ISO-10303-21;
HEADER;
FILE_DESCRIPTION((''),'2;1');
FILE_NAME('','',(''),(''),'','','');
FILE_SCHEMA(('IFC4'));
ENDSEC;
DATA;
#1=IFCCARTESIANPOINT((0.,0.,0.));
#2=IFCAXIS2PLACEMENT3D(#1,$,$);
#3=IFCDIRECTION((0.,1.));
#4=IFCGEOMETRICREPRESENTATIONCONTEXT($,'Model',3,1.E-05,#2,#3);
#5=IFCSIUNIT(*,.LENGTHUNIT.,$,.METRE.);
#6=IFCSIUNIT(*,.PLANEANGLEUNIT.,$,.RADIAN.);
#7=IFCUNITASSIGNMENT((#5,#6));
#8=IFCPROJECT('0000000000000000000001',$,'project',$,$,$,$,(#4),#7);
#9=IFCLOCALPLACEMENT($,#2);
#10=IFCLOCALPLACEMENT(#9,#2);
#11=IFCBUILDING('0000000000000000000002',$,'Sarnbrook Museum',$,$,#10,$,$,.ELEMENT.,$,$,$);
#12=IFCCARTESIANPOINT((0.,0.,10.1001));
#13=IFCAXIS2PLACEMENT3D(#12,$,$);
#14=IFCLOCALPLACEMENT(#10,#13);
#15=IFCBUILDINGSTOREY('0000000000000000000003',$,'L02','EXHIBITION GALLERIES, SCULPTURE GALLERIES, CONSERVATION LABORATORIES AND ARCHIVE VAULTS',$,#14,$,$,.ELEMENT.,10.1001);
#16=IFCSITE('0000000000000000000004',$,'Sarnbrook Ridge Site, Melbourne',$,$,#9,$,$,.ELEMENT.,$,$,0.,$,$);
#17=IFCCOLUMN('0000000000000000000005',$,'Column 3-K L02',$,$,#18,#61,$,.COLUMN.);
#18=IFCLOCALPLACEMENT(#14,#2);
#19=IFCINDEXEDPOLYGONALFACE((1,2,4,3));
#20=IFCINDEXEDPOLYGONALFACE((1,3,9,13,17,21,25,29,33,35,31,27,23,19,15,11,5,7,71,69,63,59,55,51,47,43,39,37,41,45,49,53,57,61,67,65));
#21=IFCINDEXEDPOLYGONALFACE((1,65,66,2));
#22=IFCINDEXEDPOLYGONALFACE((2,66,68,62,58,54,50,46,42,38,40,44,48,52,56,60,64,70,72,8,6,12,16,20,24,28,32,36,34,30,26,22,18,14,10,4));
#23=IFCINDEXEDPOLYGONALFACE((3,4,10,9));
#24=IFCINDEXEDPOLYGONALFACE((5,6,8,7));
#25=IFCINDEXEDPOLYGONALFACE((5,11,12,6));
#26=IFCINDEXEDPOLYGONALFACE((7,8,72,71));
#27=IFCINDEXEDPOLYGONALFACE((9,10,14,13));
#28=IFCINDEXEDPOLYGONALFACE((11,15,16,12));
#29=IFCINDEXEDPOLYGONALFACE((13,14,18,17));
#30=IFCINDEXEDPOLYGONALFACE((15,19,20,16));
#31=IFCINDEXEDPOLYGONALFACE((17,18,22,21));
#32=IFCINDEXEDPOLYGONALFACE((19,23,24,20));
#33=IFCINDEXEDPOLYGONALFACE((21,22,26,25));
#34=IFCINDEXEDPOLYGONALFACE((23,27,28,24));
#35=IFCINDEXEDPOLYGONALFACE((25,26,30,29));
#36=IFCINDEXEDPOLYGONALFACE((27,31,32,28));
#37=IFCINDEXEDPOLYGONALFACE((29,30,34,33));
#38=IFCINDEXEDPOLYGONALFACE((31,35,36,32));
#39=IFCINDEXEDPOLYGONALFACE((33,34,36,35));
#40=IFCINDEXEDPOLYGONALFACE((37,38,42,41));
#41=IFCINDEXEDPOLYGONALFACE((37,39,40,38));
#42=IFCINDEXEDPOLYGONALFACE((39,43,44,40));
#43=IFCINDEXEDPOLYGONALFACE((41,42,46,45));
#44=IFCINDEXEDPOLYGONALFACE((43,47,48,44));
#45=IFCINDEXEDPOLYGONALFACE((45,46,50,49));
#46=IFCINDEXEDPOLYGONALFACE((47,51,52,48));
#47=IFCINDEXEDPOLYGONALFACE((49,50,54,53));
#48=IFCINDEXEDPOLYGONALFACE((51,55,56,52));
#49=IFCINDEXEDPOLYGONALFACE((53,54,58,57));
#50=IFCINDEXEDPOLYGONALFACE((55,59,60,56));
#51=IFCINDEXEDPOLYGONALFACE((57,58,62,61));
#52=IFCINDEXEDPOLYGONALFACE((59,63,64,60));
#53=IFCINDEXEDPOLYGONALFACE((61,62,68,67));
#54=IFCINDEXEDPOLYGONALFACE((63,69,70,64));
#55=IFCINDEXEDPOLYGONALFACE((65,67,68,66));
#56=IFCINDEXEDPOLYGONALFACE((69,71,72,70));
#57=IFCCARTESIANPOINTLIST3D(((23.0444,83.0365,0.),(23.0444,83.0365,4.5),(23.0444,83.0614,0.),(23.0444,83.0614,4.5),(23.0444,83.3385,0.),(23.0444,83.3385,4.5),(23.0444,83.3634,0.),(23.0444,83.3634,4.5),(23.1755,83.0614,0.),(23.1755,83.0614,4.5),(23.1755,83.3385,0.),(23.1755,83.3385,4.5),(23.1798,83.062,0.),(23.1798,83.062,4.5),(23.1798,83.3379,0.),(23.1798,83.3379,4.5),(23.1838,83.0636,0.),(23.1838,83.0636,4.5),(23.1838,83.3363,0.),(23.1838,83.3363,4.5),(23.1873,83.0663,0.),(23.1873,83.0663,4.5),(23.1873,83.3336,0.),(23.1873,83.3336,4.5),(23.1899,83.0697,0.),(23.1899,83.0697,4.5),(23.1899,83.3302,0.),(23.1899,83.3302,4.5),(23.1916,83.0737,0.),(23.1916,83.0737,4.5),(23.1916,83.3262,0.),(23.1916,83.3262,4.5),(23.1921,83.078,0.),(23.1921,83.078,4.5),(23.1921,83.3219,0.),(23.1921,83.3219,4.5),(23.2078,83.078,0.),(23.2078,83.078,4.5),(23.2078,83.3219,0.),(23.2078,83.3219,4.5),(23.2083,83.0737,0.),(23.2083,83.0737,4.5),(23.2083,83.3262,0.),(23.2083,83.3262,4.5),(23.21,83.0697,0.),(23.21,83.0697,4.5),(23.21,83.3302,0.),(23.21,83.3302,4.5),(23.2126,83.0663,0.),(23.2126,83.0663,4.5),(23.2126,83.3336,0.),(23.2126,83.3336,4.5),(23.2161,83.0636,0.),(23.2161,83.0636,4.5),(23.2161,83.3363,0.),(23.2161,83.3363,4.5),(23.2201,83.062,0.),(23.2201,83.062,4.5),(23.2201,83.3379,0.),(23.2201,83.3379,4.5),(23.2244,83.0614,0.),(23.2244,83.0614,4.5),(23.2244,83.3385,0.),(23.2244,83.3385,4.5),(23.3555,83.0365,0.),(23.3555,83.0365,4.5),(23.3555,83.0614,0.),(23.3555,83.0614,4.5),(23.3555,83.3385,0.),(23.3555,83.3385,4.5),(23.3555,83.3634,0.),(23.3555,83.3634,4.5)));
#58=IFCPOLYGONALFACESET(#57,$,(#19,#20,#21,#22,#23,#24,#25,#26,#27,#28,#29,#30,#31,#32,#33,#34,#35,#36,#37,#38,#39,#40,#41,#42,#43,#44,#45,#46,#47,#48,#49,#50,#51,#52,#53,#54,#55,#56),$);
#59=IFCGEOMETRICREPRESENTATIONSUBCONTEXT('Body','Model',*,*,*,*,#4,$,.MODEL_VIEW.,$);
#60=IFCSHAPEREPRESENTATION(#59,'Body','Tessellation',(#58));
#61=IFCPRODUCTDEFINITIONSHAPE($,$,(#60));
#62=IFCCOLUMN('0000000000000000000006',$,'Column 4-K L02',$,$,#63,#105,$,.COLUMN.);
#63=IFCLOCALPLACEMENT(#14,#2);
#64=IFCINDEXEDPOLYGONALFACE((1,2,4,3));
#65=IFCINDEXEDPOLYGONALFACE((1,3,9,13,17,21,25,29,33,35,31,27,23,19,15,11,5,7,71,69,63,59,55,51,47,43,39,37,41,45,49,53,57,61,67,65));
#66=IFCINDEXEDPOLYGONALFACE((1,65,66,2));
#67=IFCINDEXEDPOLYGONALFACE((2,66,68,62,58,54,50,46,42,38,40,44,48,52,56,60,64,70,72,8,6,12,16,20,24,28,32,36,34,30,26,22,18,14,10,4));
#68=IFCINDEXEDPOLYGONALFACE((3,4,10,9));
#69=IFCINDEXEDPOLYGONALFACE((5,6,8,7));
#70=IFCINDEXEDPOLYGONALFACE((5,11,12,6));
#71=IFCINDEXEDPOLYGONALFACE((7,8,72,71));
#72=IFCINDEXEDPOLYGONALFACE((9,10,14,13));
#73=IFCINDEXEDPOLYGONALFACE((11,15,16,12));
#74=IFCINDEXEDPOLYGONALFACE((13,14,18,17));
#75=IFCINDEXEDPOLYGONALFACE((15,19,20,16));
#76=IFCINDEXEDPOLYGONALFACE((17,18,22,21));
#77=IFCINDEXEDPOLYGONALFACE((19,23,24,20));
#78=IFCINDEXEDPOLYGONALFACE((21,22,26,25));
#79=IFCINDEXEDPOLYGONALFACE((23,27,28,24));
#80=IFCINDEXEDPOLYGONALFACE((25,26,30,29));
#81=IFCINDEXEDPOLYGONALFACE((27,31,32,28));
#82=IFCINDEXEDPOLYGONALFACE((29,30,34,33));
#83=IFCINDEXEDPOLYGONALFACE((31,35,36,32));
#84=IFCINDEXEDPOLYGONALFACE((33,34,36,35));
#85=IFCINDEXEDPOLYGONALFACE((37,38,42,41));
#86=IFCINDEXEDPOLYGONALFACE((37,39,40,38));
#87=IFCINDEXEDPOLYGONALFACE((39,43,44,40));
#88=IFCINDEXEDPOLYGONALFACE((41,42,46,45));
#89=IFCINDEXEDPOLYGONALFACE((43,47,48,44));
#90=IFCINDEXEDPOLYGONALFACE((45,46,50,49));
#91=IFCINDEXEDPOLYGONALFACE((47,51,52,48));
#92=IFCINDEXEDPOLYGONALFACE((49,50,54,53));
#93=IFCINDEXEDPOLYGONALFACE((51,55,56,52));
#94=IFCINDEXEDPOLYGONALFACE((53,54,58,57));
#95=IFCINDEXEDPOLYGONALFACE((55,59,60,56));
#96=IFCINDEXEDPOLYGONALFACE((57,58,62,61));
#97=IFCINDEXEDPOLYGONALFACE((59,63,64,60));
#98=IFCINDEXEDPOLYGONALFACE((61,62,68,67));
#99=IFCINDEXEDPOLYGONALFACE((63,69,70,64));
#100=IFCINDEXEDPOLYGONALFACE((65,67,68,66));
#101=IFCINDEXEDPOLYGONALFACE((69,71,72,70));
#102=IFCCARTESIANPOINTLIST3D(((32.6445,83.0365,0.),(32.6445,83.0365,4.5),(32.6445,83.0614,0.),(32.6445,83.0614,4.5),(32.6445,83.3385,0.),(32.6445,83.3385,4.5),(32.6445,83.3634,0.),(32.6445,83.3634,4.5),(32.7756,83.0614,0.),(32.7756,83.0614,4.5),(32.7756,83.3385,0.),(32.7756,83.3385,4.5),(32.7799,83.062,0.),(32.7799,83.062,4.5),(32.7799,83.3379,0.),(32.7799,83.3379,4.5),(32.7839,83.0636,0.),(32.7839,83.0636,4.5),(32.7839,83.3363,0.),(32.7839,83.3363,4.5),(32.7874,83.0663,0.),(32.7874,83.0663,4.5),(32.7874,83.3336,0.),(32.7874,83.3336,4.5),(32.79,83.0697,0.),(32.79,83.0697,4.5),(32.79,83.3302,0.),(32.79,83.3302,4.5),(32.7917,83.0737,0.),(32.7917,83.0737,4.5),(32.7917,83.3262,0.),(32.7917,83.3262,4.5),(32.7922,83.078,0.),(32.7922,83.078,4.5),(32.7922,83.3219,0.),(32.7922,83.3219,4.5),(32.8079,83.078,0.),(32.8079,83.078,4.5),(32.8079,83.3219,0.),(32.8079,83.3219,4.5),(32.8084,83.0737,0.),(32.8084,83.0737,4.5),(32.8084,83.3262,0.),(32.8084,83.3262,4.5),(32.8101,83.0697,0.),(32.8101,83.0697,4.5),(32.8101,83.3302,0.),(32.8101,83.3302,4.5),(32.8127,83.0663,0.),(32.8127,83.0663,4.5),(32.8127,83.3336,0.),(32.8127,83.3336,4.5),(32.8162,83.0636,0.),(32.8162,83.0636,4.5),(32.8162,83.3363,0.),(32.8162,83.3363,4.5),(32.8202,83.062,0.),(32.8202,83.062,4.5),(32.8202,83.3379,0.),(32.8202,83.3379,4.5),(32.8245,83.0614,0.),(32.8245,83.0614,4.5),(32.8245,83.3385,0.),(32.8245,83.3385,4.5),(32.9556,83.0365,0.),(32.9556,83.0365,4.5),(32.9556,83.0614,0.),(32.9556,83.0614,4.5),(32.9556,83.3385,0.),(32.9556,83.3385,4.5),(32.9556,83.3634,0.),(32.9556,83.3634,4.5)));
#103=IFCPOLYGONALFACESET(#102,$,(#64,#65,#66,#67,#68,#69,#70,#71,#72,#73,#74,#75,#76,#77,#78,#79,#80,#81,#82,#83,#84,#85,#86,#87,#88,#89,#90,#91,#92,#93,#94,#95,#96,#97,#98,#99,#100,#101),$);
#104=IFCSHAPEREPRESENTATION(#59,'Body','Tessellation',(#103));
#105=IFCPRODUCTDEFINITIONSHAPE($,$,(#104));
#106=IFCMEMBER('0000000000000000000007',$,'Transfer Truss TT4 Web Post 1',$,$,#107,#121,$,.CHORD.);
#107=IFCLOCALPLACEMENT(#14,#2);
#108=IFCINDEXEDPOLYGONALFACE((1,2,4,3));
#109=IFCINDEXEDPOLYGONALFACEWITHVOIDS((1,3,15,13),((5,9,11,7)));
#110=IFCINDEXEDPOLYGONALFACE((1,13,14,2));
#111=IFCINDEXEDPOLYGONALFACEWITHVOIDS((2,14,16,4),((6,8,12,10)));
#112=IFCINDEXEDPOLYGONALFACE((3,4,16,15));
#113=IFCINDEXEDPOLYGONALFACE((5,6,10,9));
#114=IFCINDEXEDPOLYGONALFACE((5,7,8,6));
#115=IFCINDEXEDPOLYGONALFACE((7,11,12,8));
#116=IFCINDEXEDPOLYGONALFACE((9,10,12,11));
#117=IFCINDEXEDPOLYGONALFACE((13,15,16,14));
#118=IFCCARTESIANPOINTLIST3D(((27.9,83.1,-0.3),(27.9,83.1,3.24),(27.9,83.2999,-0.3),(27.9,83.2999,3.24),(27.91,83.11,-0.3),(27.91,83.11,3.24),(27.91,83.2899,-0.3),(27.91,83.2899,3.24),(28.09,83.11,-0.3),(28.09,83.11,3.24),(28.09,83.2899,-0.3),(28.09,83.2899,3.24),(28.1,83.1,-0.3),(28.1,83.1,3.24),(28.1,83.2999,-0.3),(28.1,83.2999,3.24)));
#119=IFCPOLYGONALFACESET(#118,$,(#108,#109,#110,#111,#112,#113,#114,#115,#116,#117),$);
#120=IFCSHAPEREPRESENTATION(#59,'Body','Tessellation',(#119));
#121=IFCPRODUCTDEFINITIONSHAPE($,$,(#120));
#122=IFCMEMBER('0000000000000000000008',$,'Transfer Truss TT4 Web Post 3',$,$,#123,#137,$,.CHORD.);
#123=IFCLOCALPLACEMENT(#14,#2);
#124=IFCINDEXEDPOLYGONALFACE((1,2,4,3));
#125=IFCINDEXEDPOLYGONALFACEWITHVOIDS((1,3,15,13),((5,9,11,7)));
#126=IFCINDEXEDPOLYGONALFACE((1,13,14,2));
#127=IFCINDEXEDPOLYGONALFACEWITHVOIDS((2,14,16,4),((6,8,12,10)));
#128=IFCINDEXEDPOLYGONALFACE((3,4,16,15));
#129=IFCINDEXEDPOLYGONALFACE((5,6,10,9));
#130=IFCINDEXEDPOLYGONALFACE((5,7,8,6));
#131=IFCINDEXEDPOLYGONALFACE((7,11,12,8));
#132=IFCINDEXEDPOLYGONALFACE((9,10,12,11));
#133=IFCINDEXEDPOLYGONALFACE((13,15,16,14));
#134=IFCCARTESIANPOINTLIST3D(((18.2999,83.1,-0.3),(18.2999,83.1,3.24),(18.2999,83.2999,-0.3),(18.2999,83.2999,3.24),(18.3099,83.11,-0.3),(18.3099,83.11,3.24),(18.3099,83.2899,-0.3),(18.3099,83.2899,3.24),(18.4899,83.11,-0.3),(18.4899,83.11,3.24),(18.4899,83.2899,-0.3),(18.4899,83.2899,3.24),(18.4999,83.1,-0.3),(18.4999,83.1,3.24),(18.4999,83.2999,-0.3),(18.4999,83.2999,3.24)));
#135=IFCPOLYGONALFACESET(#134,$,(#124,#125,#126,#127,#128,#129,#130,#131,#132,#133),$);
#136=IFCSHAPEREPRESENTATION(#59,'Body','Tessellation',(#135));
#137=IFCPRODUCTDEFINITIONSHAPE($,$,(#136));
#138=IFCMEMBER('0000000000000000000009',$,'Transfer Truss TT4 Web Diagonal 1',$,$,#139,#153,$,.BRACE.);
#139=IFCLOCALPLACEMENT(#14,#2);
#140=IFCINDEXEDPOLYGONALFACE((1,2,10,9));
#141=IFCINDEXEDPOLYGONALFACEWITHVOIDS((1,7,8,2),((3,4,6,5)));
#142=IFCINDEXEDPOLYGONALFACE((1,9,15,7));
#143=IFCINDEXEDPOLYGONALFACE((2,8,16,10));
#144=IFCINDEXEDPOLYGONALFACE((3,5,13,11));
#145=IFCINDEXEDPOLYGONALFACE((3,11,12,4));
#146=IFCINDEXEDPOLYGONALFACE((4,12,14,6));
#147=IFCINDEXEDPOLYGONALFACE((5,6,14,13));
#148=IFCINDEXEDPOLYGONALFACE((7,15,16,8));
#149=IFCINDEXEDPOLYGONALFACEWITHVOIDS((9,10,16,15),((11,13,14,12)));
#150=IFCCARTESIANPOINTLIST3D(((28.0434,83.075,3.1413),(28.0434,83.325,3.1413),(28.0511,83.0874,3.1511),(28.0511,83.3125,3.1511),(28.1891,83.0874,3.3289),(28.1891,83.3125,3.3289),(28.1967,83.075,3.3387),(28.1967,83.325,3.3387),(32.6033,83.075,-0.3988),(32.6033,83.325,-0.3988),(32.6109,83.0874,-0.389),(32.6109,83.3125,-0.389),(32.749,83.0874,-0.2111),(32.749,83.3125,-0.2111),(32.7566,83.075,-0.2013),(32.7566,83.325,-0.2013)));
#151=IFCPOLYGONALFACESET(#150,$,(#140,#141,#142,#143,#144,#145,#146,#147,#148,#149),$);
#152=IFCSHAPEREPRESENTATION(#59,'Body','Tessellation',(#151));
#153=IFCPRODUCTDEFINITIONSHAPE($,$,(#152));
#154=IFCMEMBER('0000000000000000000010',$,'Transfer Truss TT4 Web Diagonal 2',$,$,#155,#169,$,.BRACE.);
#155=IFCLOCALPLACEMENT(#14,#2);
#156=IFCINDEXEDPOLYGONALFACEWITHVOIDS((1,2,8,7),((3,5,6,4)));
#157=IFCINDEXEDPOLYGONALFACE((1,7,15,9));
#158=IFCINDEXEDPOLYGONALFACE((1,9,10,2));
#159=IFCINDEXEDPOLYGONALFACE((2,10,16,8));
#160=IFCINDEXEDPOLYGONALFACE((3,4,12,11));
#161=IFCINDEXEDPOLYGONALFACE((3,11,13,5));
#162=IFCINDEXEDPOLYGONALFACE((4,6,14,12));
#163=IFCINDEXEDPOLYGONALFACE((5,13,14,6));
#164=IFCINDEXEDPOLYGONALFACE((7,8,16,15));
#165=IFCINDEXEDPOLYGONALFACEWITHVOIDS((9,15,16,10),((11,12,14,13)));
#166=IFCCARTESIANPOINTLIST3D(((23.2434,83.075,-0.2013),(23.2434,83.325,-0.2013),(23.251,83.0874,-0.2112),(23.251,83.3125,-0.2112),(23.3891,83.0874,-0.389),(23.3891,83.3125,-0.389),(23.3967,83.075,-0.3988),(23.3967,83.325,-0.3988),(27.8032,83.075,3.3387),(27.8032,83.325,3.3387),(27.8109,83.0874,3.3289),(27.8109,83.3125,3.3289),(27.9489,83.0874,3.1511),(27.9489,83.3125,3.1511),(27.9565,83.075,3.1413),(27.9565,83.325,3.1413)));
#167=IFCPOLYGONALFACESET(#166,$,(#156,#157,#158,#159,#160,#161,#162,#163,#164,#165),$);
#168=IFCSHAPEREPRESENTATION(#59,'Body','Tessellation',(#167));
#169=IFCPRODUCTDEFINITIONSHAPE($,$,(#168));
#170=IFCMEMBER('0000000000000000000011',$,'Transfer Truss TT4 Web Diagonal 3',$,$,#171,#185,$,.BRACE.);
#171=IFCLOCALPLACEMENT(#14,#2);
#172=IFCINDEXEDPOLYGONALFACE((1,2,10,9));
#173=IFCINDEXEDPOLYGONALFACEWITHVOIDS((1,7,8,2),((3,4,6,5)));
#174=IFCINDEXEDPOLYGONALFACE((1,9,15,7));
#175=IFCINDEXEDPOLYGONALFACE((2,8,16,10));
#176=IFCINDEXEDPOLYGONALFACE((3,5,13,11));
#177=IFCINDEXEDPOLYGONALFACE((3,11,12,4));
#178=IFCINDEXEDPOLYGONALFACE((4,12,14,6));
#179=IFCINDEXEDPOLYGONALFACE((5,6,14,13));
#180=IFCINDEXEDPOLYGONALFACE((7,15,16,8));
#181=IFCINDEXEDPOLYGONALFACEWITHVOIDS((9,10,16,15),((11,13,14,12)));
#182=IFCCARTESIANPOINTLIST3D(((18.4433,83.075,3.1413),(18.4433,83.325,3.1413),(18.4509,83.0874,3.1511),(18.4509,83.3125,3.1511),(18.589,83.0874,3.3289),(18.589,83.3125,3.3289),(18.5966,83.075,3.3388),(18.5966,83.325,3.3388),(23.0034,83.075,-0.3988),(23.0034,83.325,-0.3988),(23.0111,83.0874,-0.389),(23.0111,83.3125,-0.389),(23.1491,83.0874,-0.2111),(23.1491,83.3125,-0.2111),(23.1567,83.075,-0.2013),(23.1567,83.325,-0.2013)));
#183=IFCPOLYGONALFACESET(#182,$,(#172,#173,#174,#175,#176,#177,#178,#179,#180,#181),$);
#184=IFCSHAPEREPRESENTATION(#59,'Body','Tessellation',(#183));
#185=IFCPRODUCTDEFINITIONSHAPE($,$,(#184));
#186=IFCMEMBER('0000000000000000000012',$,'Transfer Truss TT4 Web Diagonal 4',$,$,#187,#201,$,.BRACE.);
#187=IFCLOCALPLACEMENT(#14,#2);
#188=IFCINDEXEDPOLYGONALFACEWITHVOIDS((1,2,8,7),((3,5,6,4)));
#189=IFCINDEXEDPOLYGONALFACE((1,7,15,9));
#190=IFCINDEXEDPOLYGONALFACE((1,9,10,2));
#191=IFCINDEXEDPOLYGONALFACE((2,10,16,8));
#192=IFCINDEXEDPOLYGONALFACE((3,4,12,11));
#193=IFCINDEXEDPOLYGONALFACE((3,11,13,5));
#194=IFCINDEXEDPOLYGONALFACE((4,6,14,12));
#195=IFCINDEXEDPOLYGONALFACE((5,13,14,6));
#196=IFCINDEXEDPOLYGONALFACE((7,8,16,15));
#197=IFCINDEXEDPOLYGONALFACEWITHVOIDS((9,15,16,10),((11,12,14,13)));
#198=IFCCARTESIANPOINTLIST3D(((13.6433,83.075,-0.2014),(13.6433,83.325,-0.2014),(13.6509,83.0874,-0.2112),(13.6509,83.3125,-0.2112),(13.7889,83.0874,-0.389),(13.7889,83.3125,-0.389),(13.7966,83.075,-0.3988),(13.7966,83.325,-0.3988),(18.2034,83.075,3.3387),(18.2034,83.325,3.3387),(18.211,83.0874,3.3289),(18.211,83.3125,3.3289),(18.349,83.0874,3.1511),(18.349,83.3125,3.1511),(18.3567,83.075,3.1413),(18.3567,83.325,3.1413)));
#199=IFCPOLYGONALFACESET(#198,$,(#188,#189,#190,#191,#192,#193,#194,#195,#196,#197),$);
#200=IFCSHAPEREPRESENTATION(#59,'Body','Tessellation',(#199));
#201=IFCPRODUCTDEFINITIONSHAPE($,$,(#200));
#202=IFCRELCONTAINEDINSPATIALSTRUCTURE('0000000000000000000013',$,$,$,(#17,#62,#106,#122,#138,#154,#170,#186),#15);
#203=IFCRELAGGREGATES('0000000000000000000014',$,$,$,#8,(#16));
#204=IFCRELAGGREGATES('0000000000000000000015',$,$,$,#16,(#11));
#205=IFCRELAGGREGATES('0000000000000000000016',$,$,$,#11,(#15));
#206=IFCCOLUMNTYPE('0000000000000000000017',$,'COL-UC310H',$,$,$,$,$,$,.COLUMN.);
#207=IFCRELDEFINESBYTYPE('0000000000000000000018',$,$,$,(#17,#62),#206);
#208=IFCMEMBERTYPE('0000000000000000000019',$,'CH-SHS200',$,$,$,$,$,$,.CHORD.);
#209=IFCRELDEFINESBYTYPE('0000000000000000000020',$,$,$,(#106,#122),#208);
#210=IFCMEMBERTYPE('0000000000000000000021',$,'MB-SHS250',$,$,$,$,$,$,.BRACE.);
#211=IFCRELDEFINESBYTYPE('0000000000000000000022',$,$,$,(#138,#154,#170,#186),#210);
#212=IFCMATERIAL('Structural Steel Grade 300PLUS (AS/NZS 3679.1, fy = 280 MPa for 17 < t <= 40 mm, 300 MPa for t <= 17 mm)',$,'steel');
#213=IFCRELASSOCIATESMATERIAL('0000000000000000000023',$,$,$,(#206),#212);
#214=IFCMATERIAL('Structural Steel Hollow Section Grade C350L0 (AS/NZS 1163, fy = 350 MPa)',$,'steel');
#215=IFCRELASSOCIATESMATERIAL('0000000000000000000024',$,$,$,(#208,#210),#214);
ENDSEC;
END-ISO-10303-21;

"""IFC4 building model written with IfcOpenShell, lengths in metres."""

from ifc_helpers import new_model, si_unit, direction, frame, origin, origin_2d, place, context, subcontext, project, spatial, hollow_rectangle, i_section, extrude, material, material_profile, profile_set, type_object, element, save


model = new_model("IFC4")

# Units and contexts
model_context = context("Model", 3, precision=1e-05, world=origin(), true_north=direction((0.0, 1.0)))
body_context = subcontext(model_context, "Body", "Model", "MODEL_VIEW")
ifc_project = project(units=[si_unit("LENGTHUNIT", "METRE"), si_unit("PLANEANGLEUNIT", "RADIAN")], contexts=[model_context])

# Site, building, storey
site_placement = place(None, origin())
site = spatial("IfcSite", under=ifc_project, at=site_placement, Name="Sarnbrook Ridge Site, Melbourne", CompositionType="ELEMENT", RefElevation=0.0)
building_placement = place(site_placement, origin())
building = spatial("IfcBuilding", under=site, at=building_placement, Name="Sarnbrook Museum", CompositionType="ELEMENT")
storey_placement = place(building_placement, frame((0.0, 0.0, 10.1001)))
storey = spatial("IfcBuildingStorey", under=building, at=storey_placement, Name="L02", Description="EXHIBITION GALLERIES, SCULPTURE GALLERIES, CONSERVATION LABORATORIES AND ARCHIVE VAULTS", CompositionType="ELEMENT", Elevation=10.1001)

# Columns
ifc_material_1 = material(Name="Structural Steel Grade 300PLUS (AS/NZS 3679.1, fy = 280 MPa for 17 < t <= 40 mm, 300 MPa for t <= 17 mm)", Category="steel")
ifc_material_profile_1 = material_profile(ifc_material_1, i_section(OverallWidth=0.311, OverallDepth=0.3269, WebThickness=0.0156, FlangeThickness=0.0249, FilletRadius=0.0166, at=origin_2d()), Name="310UC158")
ifc_profile_set_1 = profile_set([ifc_material_profile_1], Name="Structural Steel Grade 300PLUS (AS/NZS 3679.1, fy = 280 MPa for 17 < t <= 40 mm, 300 MPa for t <= 17 mm)")
column_type = type_object("IfcColumnType", Name="COL-UC310H", PredefinedType="COLUMN", material=ifc_profile_set_1)
for number, where, z_axis, x_axis, name in (
    (1, (23.2, 83.2, 0.0), (0.0, 0.0, 1.0), (1.0, 0.0, 0.0), "Column 3-K L02"),
    (2, (32.8, 83.2, 0.0), (0.0, 0.0, 1.0), (1.0, 0.0, 0.0), "Column 4-K L02"),
):
    element("IfcColumn", number, at=place(storey_placement, frame(where, z_axis=z_axis, x_axis=x_axis)), inside=storey, type_object=column_type, Name=name, PredefinedType="COLUMN", context=body_context, shape_type="SweptSolid", body=[
        extrude(i_section(OverallWidth=0.311, OverallDepth=0.3269, WebThickness=0.0156, FlangeThickness=0.0249, FilletRadius=0.0166, at=origin_2d()), origin(), (0.0, 0.0, 1.0), 4.5),
    ])

# Members
ifc_material_2 = material(Name="Structural Steel Hollow Section Grade C350L0 (AS/NZS 1163, fy = 350 MPa)", Category="steel")
ifc_material_profile_2 = material_profile(ifc_material_2, hollow_rectangle(XDim=0.2, YDim=0.2, WallThickness=0.01, at=origin_2d()), Name="200x200x10.0SHS")
ifc_profile_set_2 = profile_set([ifc_material_profile_2], Name="Structural Steel Hollow Section Grade C350L0 (AS/NZS 1163, fy = 350 MPa)")
member_type_1 = type_object("IfcMemberType", Name="CH-SHS200", PredefinedType="CHORD", material=ifc_profile_set_2)
for number, where, z_axis, x_axis, name in (
    (3, (28.0, 83.2, -0.3), (0.0, 0.0, 1.0), (1.0, 0.0, 0.0), "Transfer Truss TT4 Web Post 1"),
    (4, (18.3999, 83.2, -0.3), (0.0, 0.0, 1.0), (1.0, 0.0, 0.0), "Transfer Truss TT4 Web Post 3"),
):
    element("IfcMember", number, at=place(storey_placement, frame(where, z_axis=z_axis, x_axis=x_axis)), inside=storey, type_object=member_type_1, Name=name, PredefinedType="CHORD", context=body_context, shape_type="SweptSolid", body=[
        extrude(hollow_rectangle(XDim=0.2, YDim=0.2, WallThickness=0.01, at=origin_2d()), origin(), (0.0, 0.0, 1.0), 3.54),
    ])
ifc_material_profile_3 = material_profile(ifc_material_2, hollow_rectangle(XDim=0.25, YDim=0.25, WallThickness=0.0125, at=origin_2d()), Name="250x250x12.5SHS")
ifc_profile_set_3 = profile_set([ifc_material_profile_3], Name="Structural Steel Hollow Section Grade C350L0 (AS/NZS 1163, fy = 350 MPa)")
member_type_2 = type_object("IfcMemberType", Name="MB-SHS250", PredefinedType="BRACE", material=ifc_profile_set_3)
for number, where, z_axis, x_axis, name in (
    (5, (32.6799, 83.2, -0.3), (-0.789896, 0.0, 0.613241), (0.0, -1.0, 0.0), "Transfer Truss TT4 Web Diagonal 1"),
    (6, (27.8799, 83.2, 3.24), (-0.789896, 0.0, -0.613241), (0.0, -1.0, 0.0), "Transfer Truss TT4 Web Diagonal 2"),
):
    element("IfcMember", number, at=place(storey_placement, frame(where, z_axis=z_axis, x_axis=x_axis)), inside=storey, type_object=member_type_2, Name=name, PredefinedType="BRACE", context=body_context, shape_type="SweptSolid", body=[
        extrude(hollow_rectangle(XDim=0.25, YDim=0.25, WallThickness=0.0125, at=origin_2d()), origin(), (0.0, 0.0, 1.0), 5.7727),
    ])
for number, where, z_axis, x_axis, name in (
    (7, (23.0801, 83.2, -0.3), (-0.789912, 0.0, 0.61322), (0.0, -1.0, 0.0), "Transfer Truss TT4 Web Diagonal 3"),
    (8, (18.28, 83.2, 3.24), (-0.789912, 0.0, -0.61322), (0.0, -1.0, 0.0), "Transfer Truss TT4 Web Diagonal 4"),
):
    element("IfcMember", number, at=place(storey_placement, frame(where, z_axis=z_axis, x_axis=x_axis)), inside=storey, type_object=member_type_2, Name=name, PredefinedType="BRACE", context=body_context, shape_type="SweptSolid", body=[
        extrude(hollow_rectangle(XDim=0.25, YDim=0.25, WallThickness=0.0125, at=origin_2d()), origin(), (0.0, 0.0, 1.0), 5.7729),
    ])

save(model, "model.ifc")
